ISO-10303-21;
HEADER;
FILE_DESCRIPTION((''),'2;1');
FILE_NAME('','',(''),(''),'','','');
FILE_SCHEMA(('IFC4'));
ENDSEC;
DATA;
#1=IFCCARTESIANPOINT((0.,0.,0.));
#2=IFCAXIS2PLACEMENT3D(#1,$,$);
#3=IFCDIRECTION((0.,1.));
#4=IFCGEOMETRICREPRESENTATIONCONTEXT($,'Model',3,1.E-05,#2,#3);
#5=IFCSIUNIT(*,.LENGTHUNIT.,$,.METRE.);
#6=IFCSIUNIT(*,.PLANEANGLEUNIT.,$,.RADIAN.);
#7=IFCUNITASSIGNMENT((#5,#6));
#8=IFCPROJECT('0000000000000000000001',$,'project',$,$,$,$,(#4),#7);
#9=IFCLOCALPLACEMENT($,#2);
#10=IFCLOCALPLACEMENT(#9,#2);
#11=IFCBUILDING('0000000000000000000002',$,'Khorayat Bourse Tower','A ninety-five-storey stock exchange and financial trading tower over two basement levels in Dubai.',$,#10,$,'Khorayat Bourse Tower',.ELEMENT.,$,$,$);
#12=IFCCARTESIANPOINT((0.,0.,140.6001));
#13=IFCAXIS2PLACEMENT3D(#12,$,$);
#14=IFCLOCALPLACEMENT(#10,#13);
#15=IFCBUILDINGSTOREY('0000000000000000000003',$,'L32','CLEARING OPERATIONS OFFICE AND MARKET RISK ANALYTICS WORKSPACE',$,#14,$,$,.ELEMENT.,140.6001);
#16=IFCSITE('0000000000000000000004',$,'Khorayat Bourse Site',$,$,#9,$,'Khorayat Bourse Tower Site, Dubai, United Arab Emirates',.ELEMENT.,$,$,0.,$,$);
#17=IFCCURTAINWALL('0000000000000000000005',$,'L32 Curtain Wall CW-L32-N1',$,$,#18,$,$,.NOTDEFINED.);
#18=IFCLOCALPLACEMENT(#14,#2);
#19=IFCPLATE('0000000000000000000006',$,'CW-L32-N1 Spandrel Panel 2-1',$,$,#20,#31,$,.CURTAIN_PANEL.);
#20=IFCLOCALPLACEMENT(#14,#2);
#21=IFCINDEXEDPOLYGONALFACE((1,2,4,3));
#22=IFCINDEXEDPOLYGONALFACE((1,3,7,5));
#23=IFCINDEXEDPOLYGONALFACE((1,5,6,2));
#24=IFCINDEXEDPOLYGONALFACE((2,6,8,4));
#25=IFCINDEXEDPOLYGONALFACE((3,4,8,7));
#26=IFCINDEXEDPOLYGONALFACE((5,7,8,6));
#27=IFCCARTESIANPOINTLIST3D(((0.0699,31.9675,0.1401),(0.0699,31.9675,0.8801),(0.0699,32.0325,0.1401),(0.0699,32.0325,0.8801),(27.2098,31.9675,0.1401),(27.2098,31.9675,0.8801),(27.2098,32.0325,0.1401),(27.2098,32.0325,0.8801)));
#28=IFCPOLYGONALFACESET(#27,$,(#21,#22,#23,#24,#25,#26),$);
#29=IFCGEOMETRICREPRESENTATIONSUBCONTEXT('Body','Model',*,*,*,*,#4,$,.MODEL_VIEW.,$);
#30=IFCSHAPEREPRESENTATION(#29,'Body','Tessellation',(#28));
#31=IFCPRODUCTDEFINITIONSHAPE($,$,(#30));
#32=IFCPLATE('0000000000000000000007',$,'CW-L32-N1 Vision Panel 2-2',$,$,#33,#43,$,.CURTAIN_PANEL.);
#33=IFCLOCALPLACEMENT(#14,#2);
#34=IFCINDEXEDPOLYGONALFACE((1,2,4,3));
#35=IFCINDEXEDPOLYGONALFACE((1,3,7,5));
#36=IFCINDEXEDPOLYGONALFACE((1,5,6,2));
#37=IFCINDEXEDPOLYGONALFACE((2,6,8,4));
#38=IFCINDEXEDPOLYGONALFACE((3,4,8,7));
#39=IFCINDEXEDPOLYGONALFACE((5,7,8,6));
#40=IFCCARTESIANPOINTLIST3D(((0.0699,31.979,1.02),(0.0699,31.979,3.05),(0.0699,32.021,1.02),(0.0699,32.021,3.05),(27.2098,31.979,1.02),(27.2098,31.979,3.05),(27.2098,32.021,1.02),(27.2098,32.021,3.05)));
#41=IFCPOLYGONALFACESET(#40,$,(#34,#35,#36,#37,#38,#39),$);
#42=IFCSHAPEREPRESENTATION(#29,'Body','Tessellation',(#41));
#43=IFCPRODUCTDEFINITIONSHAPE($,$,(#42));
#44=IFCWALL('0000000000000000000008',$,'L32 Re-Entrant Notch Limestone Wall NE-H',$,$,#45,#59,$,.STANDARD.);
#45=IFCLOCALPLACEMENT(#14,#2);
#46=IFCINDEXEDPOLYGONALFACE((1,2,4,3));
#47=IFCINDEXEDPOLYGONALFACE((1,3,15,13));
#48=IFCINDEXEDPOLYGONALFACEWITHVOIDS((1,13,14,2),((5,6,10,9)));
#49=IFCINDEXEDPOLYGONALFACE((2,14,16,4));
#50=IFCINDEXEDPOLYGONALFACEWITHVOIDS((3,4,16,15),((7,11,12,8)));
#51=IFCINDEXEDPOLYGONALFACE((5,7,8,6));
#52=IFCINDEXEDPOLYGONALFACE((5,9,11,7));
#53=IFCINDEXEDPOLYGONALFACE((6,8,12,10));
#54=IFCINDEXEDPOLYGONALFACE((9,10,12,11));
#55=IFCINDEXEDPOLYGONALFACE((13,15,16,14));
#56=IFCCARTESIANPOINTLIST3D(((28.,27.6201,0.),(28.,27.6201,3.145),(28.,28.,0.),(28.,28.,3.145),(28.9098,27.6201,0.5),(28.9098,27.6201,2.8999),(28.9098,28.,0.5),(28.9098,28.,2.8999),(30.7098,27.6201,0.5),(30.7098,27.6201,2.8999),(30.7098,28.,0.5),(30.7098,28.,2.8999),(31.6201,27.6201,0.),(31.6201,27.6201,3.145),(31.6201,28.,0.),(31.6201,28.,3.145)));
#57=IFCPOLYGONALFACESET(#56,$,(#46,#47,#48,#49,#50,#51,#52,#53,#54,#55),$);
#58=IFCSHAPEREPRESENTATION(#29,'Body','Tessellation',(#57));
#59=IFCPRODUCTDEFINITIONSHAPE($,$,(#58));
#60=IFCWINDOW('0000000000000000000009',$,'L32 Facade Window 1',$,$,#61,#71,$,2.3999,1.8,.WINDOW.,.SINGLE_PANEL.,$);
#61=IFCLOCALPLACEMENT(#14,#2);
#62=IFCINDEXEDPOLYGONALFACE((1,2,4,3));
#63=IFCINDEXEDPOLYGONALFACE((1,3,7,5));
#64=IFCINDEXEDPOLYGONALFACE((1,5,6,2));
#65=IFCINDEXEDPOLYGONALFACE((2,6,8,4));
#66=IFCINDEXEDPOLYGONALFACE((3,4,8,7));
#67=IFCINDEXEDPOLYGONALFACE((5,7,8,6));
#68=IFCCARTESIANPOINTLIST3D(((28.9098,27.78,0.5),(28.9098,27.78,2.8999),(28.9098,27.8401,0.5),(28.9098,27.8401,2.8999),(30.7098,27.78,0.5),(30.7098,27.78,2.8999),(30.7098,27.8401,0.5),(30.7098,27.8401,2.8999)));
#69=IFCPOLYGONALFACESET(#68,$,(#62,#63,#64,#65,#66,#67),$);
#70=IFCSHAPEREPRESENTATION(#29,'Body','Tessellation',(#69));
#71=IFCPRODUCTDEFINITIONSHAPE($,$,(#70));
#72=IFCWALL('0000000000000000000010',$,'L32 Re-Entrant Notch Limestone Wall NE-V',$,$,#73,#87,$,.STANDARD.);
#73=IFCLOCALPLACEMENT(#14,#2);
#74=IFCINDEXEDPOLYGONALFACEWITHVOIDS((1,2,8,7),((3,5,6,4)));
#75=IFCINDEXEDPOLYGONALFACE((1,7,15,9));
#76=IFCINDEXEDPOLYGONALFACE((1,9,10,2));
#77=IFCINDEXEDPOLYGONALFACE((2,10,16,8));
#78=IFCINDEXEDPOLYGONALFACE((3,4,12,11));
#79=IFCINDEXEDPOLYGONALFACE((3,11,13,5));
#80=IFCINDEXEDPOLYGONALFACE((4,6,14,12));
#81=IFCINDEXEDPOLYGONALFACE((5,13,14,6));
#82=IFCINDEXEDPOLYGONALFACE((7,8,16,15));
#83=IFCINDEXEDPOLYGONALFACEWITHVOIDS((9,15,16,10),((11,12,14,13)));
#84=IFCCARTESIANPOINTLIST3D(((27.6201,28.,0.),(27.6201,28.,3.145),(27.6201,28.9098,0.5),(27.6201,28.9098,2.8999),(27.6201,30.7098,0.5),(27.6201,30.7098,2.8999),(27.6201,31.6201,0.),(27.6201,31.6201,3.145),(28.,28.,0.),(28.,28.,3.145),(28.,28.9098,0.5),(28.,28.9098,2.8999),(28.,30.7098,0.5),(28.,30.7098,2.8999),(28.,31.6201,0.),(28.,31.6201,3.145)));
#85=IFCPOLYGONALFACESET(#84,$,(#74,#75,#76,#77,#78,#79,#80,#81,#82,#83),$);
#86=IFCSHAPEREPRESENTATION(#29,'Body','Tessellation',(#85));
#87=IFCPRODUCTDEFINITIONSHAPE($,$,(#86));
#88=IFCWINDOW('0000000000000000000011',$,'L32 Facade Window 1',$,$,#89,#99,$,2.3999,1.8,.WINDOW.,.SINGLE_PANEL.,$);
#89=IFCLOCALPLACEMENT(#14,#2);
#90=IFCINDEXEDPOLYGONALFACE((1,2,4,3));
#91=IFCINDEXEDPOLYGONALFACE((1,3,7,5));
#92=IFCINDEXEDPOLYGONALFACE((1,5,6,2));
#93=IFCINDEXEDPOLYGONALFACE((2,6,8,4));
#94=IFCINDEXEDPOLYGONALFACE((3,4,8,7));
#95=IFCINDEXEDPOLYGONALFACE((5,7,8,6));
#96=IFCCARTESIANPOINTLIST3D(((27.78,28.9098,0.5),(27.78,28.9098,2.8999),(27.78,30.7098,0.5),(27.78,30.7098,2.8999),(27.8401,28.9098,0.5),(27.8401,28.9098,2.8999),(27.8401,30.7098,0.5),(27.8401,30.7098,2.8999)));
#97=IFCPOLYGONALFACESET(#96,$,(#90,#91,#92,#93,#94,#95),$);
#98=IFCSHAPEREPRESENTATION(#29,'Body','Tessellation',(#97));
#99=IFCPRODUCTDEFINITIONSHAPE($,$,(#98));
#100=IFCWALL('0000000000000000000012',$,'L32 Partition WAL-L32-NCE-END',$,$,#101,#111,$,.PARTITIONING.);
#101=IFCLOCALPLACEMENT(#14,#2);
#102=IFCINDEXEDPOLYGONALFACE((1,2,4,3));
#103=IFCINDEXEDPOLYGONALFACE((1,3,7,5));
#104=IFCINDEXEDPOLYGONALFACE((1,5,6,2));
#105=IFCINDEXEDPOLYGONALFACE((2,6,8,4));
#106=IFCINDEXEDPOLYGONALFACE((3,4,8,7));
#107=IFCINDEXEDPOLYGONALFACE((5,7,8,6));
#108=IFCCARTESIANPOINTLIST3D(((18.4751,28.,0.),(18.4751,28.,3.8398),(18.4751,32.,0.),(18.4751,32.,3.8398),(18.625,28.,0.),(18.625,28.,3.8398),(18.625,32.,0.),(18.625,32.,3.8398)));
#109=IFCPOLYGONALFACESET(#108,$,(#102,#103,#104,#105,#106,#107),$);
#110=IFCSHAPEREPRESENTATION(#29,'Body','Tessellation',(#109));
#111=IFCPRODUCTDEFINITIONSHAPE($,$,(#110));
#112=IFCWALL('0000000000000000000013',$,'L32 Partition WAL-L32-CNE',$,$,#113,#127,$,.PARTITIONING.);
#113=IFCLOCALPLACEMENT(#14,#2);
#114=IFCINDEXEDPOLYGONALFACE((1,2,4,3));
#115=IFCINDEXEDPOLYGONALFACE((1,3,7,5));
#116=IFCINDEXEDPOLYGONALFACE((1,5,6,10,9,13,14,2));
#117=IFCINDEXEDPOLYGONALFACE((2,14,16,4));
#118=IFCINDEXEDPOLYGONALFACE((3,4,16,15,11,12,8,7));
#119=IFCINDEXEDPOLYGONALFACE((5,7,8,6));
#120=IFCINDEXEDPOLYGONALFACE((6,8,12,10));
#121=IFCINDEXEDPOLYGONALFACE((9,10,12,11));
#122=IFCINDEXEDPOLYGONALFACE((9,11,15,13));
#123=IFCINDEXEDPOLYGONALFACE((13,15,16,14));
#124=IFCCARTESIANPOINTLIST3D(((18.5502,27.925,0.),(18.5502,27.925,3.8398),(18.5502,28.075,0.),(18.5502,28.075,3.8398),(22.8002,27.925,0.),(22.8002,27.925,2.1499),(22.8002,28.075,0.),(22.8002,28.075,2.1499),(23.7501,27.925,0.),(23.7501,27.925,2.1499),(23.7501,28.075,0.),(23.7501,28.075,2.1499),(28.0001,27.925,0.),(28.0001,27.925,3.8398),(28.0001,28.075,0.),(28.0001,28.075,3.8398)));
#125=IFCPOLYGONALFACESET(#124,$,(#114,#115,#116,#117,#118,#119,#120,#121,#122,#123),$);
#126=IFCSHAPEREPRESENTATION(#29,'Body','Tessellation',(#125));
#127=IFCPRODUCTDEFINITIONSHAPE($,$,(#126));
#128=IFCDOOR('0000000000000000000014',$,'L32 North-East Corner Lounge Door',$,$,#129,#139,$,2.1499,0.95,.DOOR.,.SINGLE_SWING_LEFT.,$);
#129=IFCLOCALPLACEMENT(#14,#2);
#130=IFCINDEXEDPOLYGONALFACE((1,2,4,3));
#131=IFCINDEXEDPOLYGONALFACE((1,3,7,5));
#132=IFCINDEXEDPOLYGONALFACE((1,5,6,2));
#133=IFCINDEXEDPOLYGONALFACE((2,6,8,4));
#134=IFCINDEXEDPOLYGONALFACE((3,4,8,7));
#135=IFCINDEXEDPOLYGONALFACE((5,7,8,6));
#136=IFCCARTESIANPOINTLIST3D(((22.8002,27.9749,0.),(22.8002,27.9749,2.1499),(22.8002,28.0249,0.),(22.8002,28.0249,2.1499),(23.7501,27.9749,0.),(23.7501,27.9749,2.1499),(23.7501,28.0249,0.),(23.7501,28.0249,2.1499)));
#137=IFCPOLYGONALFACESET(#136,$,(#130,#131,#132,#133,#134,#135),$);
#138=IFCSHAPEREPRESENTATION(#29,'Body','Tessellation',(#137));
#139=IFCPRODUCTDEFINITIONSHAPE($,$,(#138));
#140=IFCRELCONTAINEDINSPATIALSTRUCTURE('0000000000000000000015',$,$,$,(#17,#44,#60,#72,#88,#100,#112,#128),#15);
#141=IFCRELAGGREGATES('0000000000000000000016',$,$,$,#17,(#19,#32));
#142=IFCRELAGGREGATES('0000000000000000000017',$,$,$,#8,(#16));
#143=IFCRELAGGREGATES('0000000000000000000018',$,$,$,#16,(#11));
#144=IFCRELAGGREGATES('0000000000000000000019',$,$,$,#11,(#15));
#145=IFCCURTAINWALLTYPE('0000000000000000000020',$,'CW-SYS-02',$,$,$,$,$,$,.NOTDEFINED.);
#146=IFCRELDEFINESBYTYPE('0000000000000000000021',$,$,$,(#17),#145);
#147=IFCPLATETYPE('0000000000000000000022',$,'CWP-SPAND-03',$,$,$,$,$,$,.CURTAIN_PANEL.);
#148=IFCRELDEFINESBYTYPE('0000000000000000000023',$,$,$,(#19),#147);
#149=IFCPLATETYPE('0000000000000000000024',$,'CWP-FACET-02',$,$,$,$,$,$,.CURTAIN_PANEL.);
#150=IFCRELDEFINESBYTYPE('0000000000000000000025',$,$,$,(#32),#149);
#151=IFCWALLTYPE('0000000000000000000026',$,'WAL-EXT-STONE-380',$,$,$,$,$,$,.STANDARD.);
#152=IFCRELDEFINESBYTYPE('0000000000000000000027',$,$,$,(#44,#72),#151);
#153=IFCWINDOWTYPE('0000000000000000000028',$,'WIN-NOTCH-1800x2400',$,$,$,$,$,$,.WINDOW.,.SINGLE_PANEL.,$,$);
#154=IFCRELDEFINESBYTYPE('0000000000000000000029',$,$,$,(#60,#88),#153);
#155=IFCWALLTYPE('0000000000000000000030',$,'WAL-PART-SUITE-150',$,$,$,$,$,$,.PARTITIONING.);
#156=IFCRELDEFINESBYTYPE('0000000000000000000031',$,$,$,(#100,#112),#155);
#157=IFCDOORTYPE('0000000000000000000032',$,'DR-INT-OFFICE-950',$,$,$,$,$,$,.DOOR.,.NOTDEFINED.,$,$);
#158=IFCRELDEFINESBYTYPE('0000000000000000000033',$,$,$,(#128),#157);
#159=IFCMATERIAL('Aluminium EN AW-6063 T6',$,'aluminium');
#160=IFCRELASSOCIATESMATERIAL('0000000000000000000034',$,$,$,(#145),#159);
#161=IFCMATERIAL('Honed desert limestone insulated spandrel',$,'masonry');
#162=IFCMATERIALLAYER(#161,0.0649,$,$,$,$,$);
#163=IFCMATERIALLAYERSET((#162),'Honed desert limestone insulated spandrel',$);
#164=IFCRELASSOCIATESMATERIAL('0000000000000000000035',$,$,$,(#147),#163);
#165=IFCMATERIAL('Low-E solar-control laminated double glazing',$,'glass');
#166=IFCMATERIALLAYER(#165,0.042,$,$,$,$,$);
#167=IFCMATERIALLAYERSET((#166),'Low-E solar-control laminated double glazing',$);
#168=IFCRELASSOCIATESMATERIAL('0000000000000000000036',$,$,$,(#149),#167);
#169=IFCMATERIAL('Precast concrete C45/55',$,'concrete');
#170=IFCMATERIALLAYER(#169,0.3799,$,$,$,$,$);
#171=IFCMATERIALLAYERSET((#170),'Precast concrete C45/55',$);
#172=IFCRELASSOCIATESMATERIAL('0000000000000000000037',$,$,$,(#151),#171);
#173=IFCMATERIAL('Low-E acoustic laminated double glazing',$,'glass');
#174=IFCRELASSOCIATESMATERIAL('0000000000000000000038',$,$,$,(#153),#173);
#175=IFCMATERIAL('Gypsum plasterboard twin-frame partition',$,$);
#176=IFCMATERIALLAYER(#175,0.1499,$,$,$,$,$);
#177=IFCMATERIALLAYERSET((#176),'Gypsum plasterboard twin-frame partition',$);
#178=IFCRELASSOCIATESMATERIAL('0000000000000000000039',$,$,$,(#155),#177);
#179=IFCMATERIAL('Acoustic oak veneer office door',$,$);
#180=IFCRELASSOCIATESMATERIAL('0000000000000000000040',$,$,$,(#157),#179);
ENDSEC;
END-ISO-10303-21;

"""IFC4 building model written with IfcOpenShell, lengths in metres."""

from ifc_helpers import new_model, si_unit, direction, frame, frame_2d, origin, origin_2d, place, context, subcontext, project, spatial, rectangle, extrude, source, transform, mapped, material, layer, layer_set, type_object, element, fill, aggregate, save


model = new_model("IFC4")

# Units and contexts
model_context = context("Model", 3, precision=1e-05, world=origin(), true_north=direction((0.0, 1.0)))
body_context = subcontext(model_context, "Body", "Model", "MODEL_VIEW")
ifc_project = project(units=[si_unit("LENGTHUNIT", "METRE"), si_unit("PLANEANGLEUNIT", "RADIAN")], contexts=[model_context])

# Site, building, storey
site_placement = place(None, origin())
site = spatial("IfcSite", under=ifc_project, at=site_placement, Name="Khorayat Bourse Site", LongName="Khorayat Bourse Tower Site, Dubai, United Arab Emirates", CompositionType="ELEMENT", RefElevation=0.0)
building_placement = place(site_placement, origin())
building = spatial("IfcBuilding", under=site, at=building_placement, Name="Khorayat Bourse Tower", Description="A ninety-five-storey stock exchange and financial trading tower over two basement levels in Dubai.", LongName="Khorayat Bourse Tower", CompositionType="ELEMENT")
storey_placement = place(building_placement, frame((0.0, 0.0, 140.6001)))
storey = spatial("IfcBuildingStorey", under=building, at=storey_placement, Name="L32", Description="CLEARING OPERATIONS OFFICE AND MARKET RISK ANALYTICS WORKSPACE", CompositionType="ELEMENT", Elevation=140.6001)

# Curtain wall
ifc_material_1 = material(Name="Aluminium EN AW-6063 T6", Category="aluminium")
curtain_wall_type = type_object("IfcCurtainWallType", Name="CW-SYS-02", PredefinedType="NOTDEFINED", material=ifc_material_1)
curtain_wall_1_placement = place(storey_placement, origin())
curtain_wall_1 = element("IfcCurtainWall", 1, at=curtain_wall_1_placement, inside=storey, type_object=curtain_wall_type, Name="L32 Curtain Wall CW-L32-N1", PredefinedType="NOTDEFINED")

# Plates
ifc_material_2 = material(Name="Honed desert limestone insulated spandrel", Category="masonry")
ifc_layer_1 = layer(ifc_material_2, 0.0649)
ifc_layer_set_1 = layer_set([ifc_layer_1], Name="Honed desert limestone insulated spandrel")
plate_type_1 = type_object("IfcPlateType", Name="CWP-SPAND-03", PredefinedType="CURTAIN_PANEL", material=ifc_layer_set_1)
shared_shape_1 = source(origin(), body_context, "Body", "SweptSolid", [
    extrude(rectangle(XDim=27.1399, YDim=0.0649, at=origin_2d()), origin(), (0.0, 0.0, 1.0), 0.74),
])
plate_1_placement = place(storey_placement, frame((13.6399, 32.0, 0.1401), z_axis=(0.0, 0.0, 1.0), x_axis=(1.0, 0.0, 0.0)))
plate_1 = element("IfcPlate", 2, at=plate_1_placement, type_object=plate_type_1, Name="CW-L32-N1 Spandrel Panel 2-1", PredefinedType="CURTAIN_PANEL", context=body_context, shape_type="MappedRepresentation", body=[
    mapped(shared_shape_1, transform((0.0, 0.0, 0.0), scale=1.0)),
])
ifc_material_3 = material(Name="Low-E solar-control laminated double glazing", Category="glass")
ifc_layer_2 = layer(ifc_material_3, 0.042)
ifc_layer_set_2 = layer_set([ifc_layer_2], Name="Low-E solar-control laminated double glazing")
plate_type_2 = type_object("IfcPlateType", Name="CWP-FACET-02", PredefinedType="CURTAIN_PANEL", material=ifc_layer_set_2)
shared_shape_2 = source(origin(), body_context, "Body", "SweptSolid", [
    extrude(rectangle(XDim=27.1399, YDim=0.042, at=origin_2d()), origin(), (0.0, 0.0, 1.0), 2.03),
])
plate_2_placement = place(storey_placement, frame((13.6399, 32.0, 1.02), z_axis=(0.0, 0.0, 1.0), x_axis=(1.0, 0.0, 0.0)))
plate_2 = element("IfcPlate", 3, at=plate_2_placement, type_object=plate_type_2, Name="CW-L32-N1 Vision Panel 2-2", PredefinedType="CURTAIN_PANEL", context=body_context, shape_type="MappedRepresentation", body=[
    mapped(shared_shape_2, transform((0.0, 0.0, 0.0), scale=1.0)),
])
aggregate(curtain_wall_1, [plate_1, plate_2])

# Walls, openings, windows
ifc_material_4 = material(Name="Precast concrete C45/55", Category="concrete")
ifc_layer_3 = layer(ifc_material_4, 0.3799)
ifc_layer_set_3 = layer_set([ifc_layer_3], Name="Precast concrete C45/55")
wall_type_1 = type_object("IfcWallType", Name="WAL-EXT-STONE-380", PredefinedType="STANDARD", material=ifc_layer_set_3)
shared_shape_3 = source(origin(), body_context, "Body", "SweptSolid", [
    extrude(rectangle(XDim=3.6201, YDim=0.3799, at=frame_2d((1.8101, 0.0))), origin(), (0.0, 0.0, 1.0), 3.145),
])
wall_1_placement = place(storey_placement, frame((28.0, 27.8101, 0.0), z_axis=(0.0, 0.0, 1.0), x_axis=(1.0, 0.0, 0.0)))
wall_1 = element("IfcWall", 4, at=wall_1_placement, inside=storey, type_object=wall_type_1, Name="L32 Re-Entrant Notch Limestone Wall NE-H", PredefinedType="STANDARD", context=body_context, shape_type="MappedRepresentation", body=[
    mapped(shared_shape_3, transform((0.0, 0.0, 0.0), scale=1.0)),
])
shared_shape_4 = source(origin(), body_context, "Body", "SweptSolid", [
    extrude(rectangle(XDim=1.8, YDim=2.3999, at=frame_2d((0.8999, 1.2))), frame((0.0, 0.2, 0.0), z_axis=(0.0, -1.0, 0.0), x_axis=(1.0, 0.0, 0.0)), (0.0, 0.0, 1.0), 0.3999),
])
opening_1_placement = place(wall_1_placement, frame((0.9099, 0.0, 0.5)))
opening_1 = element("IfcOpeningElement", 5, at=opening_1_placement, cuts=wall_1, PredefinedType="OPENING", context=body_context, shape_type="MappedRepresentation", body=[
    mapped(shared_shape_4, transform((0.0, 0.0, 0.0), scale=1.0)),
])
ifc_material_5 = material(Name="Low-E acoustic laminated double glazing", Category="glass")
window_type = type_object("IfcWindowType", Name="WIN-NOTCH-1800x2400", PartitioningType="SINGLE_PANEL", PredefinedType="WINDOW", material=ifc_material_5)
shared_shape_5 = source(origin(), body_context, "Body", "SweptSolid", [
    extrude(rectangle(XDim=1.8, YDim=2.3999, at=frame_2d((0.8999, 1.2))), frame((0.0, 0.03, 0.0), z_axis=(0.0, -1.0, 0.0), x_axis=(1.0, 0.0, 0.0)), (0.0, 0.0, 1.0), 0.0601),
])
window_1_placement = place(opening_1_placement, origin())
window_1 = element("IfcWindow", 6, at=window_1_placement, inside=storey, type_object=window_type, Name="L32 Facade Window 1", OverallHeight=2.3999, OverallWidth=1.8, PartitioningType="SINGLE_PANEL", PredefinedType="WINDOW", context=body_context, shape_type="MappedRepresentation", body=[
    mapped(shared_shape_5, transform((0.0, 0.0, 0.0), scale=1.0)),
])
fill(opening_1, window_1)
wall_2_placement = place(storey_placement, frame((27.8101, 28.0, 0.0), z_axis=(0.0, 0.0, 1.0), x_axis=(0.0, 1.0, 0.0)))
wall_2 = element("IfcWall", 7, at=wall_2_placement, inside=storey, type_object=wall_type_1, Name="L32 Re-Entrant Notch Limestone Wall NE-V", PredefinedType="STANDARD", context=body_context, shape_type="MappedRepresentation", body=[
    mapped(shared_shape_3, transform((0.0, 0.0, 0.0), scale=1.0)),
])
opening_2_placement = place(wall_2_placement, frame((0.9099, 0.0, 0.5)))
opening_2 = element("IfcOpeningElement", 8, at=opening_2_placement, cuts=wall_2, PredefinedType="OPENING", context=body_context, shape_type="MappedRepresentation", body=[
    mapped(shared_shape_4, transform((0.0, 0.0, 0.0), scale=1.0)),
])
window_2_placement = place(opening_2_placement, origin())
window_2 = element("IfcWindow", 9, at=window_2_placement, inside=storey, type_object=window_type, Name="L32 Facade Window 1", OverallHeight=2.3999, OverallWidth=1.8, PartitioningType="SINGLE_PANEL", PredefinedType="WINDOW", context=body_context, shape_type="MappedRepresentation", body=[
    mapped(shared_shape_5, transform((0.0, 0.0, 0.0), scale=1.0)),
])
fill(opening_2, window_2)

# Wall
ifc_material_6 = material(Name="Gypsum plasterboard twin-frame partition")
ifc_layer_4 = layer(ifc_material_6, 0.1499)
ifc_layer_set_4 = layer_set([ifc_layer_4], Name="Gypsum plasterboard twin-frame partition")
wall_type_2 = type_object("IfcWallType", Name="WAL-PART-SUITE-150", PredefinedType="PARTITIONING", material=ifc_layer_set_4)
shared_shape_6 = source(origin(), body_context, "Body", "SweptSolid", [
    extrude(rectangle(XDim=4.0, YDim=0.1499, at=frame_2d((2.0, 0.0))), origin(), (0.0, 0.0, 1.0), 3.8398),
])
wall_3_placement = place(storey_placement, frame((18.55, 28.0, 0.0), z_axis=(0.0, 0.0, 1.0), x_axis=(0.0, 1.0, 0.0)))
element("IfcWall", 10, at=wall_3_placement, inside=storey, type_object=wall_type_2, Name="L32 Partition WAL-L32-NCE-END", PredefinedType="PARTITIONING", context=body_context, shape_type="MappedRepresentation", body=[
    mapped(shared_shape_6, transform((0.0, 0.0, 0.0), scale=1.0)),
])

# Wall, opening, door
shared_shape_7 = source(origin(), body_context, "Body", "SweptSolid", [
    extrude(rectangle(XDim=9.45, YDim=0.1499, at=frame_2d((4.7251, 0.0))), origin(), (0.0, 0.0, 1.0), 3.8398),
])
wall_4_placement = place(storey_placement, frame((18.55, 28.0, 0.0), z_axis=(0.0, 0.0, 1.0), x_axis=(1.0, 0.0, 0.0)))
wall_4 = element("IfcWall", 11, at=wall_4_placement, inside=storey, type_object=wall_type_2, Name="L32 Partition WAL-L32-CNE", PredefinedType="PARTITIONING", context=body_context, shape_type="MappedRepresentation", body=[
    mapped(shared_shape_7, transform((0.0, 0.0, 0.0), scale=1.0)),
])
shared_shape_8 = source(origin(), body_context, "Body", "SweptSolid", [
    extrude(rectangle(XDim=0.95, YDim=2.1499, at=frame_2d((0.4751, 1.075))), frame((0.0, 0.085, 0.0), z_axis=(0.0, -1.0, 0.0), x_axis=(1.0, 0.0, 0.0)), (0.0, 0.0, 1.0), 0.1699),
])
opening_3_placement = place(wall_4_placement, frame((4.25, 0.0, 0.0)))
opening_3 = element("IfcOpeningElement", 12, at=opening_3_placement, cuts=wall_4, PredefinedType="OPENING", context=body_context, shape_type="MappedRepresentation", body=[
    mapped(shared_shape_8, transform((0.0, 0.0, 0.0), scale=1.0)),
])
ifc_material_7 = material(Name="Acoustic oak veneer office door")
door_type = type_object("IfcDoorType", Name="DR-INT-OFFICE-950", OperationType="NOTDEFINED", PredefinedType="DOOR", material=ifc_material_7)
shared_shape_9 = source(origin(), body_context, "Body", "SweptSolid", [
    extrude(rectangle(XDim=0.95, YDim=2.1499, at=frame_2d((0.4751, 1.075))), frame((0.0, 0.0249, 0.0), z_axis=(0.0, -1.0, 0.0), x_axis=(1.0, 0.0, 0.0)), (0.0, 0.0, 1.0), 0.05),
])
door_placement = place(opening_3_placement, origin())
door = element("IfcDoor", 13, at=door_placement, inside=storey, type_object=door_type, Name="L32 North-East Corner Lounge Door", OperationType="SINGLE_SWING_LEFT", OverallHeight=2.1499, OverallWidth=0.95, PredefinedType="DOOR", context=body_context, shape_type="MappedRepresentation", body=[
    mapped(shared_shape_9, transform((0.0, 0.0, 0.0), scale=1.0)),
])
fill(opening_3, door)

save(model, "model.ifc")
